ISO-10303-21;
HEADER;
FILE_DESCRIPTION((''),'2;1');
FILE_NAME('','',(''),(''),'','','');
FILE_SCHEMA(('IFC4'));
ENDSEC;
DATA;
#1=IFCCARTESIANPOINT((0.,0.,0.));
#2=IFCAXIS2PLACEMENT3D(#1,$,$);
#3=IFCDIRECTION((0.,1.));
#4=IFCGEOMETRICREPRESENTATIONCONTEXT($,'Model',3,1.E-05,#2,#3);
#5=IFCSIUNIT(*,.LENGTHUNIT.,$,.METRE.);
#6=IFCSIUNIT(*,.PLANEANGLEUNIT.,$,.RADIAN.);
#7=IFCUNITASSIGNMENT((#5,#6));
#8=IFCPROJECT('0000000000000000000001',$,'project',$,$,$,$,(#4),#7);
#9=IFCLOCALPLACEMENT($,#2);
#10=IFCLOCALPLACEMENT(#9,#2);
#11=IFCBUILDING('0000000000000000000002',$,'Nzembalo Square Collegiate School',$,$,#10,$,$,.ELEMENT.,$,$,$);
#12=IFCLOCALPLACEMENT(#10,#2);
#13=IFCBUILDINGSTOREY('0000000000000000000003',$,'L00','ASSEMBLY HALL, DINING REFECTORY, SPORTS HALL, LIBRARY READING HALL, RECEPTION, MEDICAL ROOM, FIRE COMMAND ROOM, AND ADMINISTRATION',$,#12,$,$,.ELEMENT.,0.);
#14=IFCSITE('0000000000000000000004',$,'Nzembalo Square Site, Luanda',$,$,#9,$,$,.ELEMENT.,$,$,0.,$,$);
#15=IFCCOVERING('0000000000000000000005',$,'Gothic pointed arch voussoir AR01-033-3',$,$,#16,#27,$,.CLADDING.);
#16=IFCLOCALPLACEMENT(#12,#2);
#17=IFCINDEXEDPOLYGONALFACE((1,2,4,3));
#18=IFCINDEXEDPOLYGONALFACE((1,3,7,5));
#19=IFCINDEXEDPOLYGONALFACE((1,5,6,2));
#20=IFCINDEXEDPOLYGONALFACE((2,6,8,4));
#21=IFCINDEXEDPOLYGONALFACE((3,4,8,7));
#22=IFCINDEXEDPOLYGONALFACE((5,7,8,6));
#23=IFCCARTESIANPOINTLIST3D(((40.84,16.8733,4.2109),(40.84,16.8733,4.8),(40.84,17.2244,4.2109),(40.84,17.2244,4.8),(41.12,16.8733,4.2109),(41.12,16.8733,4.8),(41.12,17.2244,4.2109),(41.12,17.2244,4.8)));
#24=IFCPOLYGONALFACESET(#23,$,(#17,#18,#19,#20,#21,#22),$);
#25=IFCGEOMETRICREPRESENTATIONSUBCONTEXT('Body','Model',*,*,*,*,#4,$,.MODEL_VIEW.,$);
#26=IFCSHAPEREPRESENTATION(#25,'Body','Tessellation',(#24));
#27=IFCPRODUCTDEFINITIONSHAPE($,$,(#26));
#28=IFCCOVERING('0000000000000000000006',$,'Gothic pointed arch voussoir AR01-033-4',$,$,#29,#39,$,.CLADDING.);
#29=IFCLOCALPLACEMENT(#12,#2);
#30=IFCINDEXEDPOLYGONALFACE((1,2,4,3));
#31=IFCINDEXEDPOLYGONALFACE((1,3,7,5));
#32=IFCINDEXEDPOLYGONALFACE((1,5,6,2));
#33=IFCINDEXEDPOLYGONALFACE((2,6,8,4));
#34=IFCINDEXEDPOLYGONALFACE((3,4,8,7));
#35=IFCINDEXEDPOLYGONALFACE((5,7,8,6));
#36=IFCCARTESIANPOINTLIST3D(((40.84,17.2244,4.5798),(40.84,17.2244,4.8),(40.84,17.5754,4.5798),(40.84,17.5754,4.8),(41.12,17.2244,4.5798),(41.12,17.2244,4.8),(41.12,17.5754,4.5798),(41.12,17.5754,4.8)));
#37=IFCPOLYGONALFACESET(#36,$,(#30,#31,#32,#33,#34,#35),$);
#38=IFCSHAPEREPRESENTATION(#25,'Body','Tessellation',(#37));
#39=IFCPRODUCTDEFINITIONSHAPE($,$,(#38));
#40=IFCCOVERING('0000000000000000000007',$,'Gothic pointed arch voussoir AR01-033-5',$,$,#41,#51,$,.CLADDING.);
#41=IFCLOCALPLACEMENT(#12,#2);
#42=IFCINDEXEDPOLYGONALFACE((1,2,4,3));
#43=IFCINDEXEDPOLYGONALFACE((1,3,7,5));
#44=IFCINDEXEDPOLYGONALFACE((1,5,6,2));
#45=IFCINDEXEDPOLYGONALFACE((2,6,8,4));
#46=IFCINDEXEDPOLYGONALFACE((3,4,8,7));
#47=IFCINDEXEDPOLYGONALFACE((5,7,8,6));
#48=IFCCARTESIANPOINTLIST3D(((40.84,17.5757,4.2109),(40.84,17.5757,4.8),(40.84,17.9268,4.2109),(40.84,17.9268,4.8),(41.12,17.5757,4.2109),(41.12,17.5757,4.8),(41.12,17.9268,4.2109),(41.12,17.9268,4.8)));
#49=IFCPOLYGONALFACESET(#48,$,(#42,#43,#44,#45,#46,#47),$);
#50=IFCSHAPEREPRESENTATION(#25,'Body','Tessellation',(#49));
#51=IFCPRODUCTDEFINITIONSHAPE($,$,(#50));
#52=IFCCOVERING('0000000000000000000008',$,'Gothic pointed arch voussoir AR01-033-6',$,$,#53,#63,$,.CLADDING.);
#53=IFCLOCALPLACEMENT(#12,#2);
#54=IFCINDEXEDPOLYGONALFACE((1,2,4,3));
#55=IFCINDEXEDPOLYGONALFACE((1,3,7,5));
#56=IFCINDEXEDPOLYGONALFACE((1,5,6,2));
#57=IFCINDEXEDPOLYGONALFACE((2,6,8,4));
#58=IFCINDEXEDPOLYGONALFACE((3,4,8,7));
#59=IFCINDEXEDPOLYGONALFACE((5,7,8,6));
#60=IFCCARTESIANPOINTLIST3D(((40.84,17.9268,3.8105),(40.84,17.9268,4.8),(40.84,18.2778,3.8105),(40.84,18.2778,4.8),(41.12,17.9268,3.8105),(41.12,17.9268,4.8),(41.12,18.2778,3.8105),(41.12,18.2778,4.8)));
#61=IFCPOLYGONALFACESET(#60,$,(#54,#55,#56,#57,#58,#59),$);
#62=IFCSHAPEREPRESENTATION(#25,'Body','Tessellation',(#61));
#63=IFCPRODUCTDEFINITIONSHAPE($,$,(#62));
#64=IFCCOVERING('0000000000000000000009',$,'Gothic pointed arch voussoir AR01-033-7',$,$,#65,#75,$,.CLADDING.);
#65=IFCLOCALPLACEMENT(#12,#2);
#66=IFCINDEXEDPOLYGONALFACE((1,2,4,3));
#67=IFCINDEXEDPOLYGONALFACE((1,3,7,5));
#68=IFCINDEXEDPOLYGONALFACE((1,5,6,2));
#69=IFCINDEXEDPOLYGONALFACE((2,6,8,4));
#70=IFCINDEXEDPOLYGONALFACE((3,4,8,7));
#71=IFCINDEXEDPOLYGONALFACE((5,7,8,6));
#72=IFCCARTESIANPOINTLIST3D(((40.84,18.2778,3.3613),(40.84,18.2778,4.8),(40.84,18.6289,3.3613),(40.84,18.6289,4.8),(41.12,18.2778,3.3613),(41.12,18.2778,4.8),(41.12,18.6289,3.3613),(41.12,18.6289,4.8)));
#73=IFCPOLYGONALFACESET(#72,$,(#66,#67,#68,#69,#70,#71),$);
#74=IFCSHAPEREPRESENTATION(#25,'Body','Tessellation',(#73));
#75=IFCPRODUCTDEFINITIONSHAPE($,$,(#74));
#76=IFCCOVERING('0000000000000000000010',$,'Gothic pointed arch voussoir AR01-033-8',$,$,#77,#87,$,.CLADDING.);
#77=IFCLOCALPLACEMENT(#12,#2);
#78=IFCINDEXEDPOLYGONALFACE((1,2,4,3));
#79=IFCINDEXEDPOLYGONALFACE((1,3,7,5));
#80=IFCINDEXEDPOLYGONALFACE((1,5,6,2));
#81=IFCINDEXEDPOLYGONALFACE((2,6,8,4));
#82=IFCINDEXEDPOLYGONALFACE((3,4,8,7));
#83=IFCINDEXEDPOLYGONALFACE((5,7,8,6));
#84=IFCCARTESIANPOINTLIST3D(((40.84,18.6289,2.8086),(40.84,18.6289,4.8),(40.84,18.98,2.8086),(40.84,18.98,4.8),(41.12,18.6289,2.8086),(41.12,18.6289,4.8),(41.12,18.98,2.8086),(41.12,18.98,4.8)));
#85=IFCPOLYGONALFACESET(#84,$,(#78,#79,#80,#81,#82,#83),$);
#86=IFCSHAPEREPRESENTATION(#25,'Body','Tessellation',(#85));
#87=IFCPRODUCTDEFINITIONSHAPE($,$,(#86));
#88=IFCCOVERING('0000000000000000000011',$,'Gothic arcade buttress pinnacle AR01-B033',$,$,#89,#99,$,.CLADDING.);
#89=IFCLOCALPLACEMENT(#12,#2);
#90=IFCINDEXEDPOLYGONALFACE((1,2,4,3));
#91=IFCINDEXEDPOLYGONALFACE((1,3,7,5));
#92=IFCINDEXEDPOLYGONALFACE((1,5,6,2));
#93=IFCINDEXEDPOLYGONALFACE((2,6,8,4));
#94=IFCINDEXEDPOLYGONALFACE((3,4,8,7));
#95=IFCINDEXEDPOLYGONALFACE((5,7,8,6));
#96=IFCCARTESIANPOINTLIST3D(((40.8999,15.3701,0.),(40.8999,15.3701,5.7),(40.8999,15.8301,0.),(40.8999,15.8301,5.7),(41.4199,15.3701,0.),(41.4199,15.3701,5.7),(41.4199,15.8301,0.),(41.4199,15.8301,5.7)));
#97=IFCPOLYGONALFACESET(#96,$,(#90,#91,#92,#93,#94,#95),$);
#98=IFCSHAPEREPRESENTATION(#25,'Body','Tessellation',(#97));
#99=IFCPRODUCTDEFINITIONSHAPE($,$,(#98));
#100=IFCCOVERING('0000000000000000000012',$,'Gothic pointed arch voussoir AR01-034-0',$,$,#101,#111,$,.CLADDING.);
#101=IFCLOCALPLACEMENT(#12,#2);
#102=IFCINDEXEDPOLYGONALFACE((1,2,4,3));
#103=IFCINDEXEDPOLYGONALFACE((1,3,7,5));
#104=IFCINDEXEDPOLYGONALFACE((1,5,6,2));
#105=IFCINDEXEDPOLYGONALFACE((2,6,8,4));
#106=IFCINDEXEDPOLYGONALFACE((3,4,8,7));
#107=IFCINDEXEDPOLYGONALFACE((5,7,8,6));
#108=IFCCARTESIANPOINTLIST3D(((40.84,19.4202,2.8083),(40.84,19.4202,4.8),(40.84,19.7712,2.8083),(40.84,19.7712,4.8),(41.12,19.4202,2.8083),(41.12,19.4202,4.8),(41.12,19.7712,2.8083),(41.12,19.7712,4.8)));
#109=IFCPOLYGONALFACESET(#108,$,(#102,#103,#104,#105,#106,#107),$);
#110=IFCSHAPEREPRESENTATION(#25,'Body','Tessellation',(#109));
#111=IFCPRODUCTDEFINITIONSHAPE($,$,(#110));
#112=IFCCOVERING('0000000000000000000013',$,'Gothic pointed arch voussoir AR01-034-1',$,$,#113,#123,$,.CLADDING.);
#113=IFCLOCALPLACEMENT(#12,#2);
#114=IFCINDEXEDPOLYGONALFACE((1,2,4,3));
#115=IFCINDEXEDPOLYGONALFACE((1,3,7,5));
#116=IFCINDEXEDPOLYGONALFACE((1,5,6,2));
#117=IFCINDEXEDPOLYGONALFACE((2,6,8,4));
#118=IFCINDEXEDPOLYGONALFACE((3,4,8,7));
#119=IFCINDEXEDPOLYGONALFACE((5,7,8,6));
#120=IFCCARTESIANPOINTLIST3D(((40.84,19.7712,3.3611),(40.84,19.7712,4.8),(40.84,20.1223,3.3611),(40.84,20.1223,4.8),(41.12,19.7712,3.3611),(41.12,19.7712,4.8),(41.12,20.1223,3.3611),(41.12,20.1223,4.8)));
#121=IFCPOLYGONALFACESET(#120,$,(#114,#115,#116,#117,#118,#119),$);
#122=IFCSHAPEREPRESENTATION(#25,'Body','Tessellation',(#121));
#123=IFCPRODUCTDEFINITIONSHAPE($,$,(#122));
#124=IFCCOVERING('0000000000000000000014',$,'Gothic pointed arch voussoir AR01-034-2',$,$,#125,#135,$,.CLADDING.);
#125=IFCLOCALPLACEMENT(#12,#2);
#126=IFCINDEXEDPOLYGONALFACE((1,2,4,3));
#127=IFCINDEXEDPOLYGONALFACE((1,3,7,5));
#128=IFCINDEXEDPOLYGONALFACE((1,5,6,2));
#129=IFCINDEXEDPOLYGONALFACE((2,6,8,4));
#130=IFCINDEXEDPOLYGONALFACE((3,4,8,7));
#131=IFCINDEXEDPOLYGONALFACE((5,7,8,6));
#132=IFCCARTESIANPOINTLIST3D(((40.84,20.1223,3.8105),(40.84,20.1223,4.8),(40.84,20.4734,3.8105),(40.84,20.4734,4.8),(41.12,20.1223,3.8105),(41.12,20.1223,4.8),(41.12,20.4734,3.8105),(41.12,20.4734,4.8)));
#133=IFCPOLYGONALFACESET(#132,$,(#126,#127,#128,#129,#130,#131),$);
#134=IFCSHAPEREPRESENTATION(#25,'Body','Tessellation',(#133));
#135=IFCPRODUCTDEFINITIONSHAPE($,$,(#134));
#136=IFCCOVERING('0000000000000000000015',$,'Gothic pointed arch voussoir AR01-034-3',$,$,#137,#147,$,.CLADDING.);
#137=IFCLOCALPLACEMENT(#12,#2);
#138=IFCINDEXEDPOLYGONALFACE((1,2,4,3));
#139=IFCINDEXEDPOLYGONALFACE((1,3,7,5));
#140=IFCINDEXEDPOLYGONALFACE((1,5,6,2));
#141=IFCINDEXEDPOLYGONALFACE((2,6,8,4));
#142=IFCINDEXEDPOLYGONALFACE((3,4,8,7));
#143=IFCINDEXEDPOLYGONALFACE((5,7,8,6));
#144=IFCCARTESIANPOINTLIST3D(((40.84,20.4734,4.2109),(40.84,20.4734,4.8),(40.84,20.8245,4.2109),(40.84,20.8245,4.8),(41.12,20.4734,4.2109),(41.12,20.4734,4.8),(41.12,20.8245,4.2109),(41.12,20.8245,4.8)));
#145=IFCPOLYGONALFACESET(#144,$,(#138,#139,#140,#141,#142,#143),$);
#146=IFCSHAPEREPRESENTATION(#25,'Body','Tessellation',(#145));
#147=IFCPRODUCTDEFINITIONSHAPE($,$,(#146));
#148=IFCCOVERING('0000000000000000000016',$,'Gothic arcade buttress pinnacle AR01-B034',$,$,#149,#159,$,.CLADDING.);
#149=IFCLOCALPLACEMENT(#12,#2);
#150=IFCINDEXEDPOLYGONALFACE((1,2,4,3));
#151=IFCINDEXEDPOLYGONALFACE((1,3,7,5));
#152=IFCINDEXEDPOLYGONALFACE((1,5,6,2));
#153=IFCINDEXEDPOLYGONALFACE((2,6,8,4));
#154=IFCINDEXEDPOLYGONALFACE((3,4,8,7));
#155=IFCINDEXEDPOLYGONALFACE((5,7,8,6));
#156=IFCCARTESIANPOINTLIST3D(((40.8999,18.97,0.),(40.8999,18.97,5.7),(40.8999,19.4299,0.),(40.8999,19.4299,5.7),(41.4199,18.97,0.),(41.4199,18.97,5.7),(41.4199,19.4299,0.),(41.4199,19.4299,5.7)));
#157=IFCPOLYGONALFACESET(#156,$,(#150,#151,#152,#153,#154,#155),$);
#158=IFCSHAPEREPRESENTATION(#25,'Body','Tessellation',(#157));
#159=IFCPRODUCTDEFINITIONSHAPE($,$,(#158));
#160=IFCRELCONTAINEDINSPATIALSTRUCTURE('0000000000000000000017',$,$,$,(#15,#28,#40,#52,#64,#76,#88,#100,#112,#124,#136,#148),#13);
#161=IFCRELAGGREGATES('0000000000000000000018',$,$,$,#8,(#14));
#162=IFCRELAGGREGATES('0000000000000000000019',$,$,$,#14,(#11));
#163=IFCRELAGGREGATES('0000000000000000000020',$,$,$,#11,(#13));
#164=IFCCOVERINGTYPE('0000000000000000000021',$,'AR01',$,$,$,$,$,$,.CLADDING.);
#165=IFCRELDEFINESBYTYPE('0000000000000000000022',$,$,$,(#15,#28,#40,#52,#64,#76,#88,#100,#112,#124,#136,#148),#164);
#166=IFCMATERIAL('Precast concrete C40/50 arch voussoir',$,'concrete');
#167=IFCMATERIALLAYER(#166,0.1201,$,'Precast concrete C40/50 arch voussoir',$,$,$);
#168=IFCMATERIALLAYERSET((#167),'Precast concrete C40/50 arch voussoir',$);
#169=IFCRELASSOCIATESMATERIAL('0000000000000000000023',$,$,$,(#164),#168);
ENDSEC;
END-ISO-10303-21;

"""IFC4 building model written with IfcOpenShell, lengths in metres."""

from ifc_helpers import new_model, si_unit, direction, frame, origin, origin_2d, place, context, subcontext, project, spatial, rectangle, extrude, material, layer, layer_set, type_object, element, save


model = new_model("IFC4")

# Units and contexts
model_context = context("Model", 3, precision=1e-05, world=origin(), true_north=direction((0.0, 1.0)))
body_context = subcontext(model_context, "Body", "Model", "MODEL_VIEW")
ifc_project = project(units=[si_unit("LENGTHUNIT", "METRE"), si_unit("PLANEANGLEUNIT", "RADIAN")], contexts=[model_context])

# Site, building, storey
site_placement = place(None, origin())
site = spatial("IfcSite", under=ifc_project, at=site_placement, Name="Nzembalo Square Site, Luanda", CompositionType="ELEMENT", RefElevation=0.0)
building_placement = place(site_placement, origin())
building = spatial("IfcBuilding", under=site, at=building_placement, Name="Nzembalo Square Collegiate School", CompositionType="ELEMENT")
storey_placement = place(building_placement, origin())
storey = spatial("IfcBuildingStorey", under=building, at=storey_placement, Name="L00", Description="ASSEMBLY HALL, DINING REFECTORY, SPORTS HALL, LIBRARY READING HALL, RECEPTION, MEDICAL ROOM, FIRE COMMAND ROOM, AND ADMINISTRATION", CompositionType="ELEMENT", Elevation=0.0)

# Coverings
ifc_material_1 = material(Name="Precast concrete C40/50 arch voussoir", Category="concrete")
ifc_layer_1 = layer(ifc_material_1, 0.1201, Name="Precast concrete C40/50 arch voussoir")
ifc_layer_set_1 = layer_set([ifc_layer_1], Name="Precast concrete C40/50 arch voussoir")
covering_type = type_object("IfcCoveringType", Name="AR01", PredefinedType="CLADDING", material=ifc_layer_set_1)
covering_1_placement = place(storey_placement, frame((40.98, 17.0488, 4.2109), z_axis=(0.0, 0.0, 1.0), x_axis=(1.0, 0.0, 0.0)))
element("IfcCovering", 1, at=covering_1_placement, inside=storey, type_object=covering_type, Name="Gothic pointed arch voussoir AR01-033-3", PredefinedType="CLADDING", context=body_context, shape_type="SweptSolid", body=[
    extrude(rectangle(XDim=0.28, YDim=0.3511, at=origin_2d()), origin(), (0.0, 0.0, 1.0), 0.5891),
])
covering_2_placement = place(storey_placement, frame((40.98, 17.3999, 4.5798), z_axis=(0.0, 0.0, 1.0), x_axis=(1.0, 0.0, 0.0)))
element("IfcCovering", 2, at=covering_2_placement, inside=storey, type_object=covering_type, Name="Gothic pointed arch voussoir AR01-033-4", PredefinedType="CLADDING", context=body_context, shape_type="SweptSolid", body=[
    extrude(rectangle(XDim=0.28, YDim=0.3511, at=origin_2d()), origin(), (0.0, 0.0, 1.0), 0.2202),
])
covering_3_placement = place(storey_placement, frame((40.98, 17.7512, 4.2109), z_axis=(0.0, 0.0, 1.0), x_axis=(1.0, 0.0, 0.0)))
element("IfcCovering", 3, at=covering_3_placement, inside=storey, type_object=covering_type, Name="Gothic pointed arch voussoir AR01-033-5", PredefinedType="CLADDING", context=body_context, shape_type="SweptSolid", body=[
    extrude(rectangle(XDim=0.28, YDim=0.3511, at=origin_2d()), origin(), (0.0, 0.0, 1.0), 0.5891),
])
covering_4_placement = place(storey_placement, frame((40.98, 18.1023, 3.8105), z_axis=(0.0, 0.0, 1.0), x_axis=(1.0, 0.0, 0.0)))
element("IfcCovering", 4, at=covering_4_placement, inside=storey, type_object=covering_type, Name="Gothic pointed arch voussoir AR01-033-6", PredefinedType="CLADDING", context=body_context, shape_type="SweptSolid", body=[
    extrude(rectangle(XDim=0.28, YDim=0.3511, at=origin_2d()), origin(), (0.0, 0.0, 1.0), 0.9895),
])
covering_5_placement = place(storey_placement, frame((40.98, 18.4534, 3.3613), z_axis=(0.0, 0.0, 1.0), x_axis=(1.0, 0.0, 0.0)))
element("IfcCovering", 5, at=covering_5_placement, inside=storey, type_object=covering_type, Name="Gothic pointed arch voussoir AR01-033-7", PredefinedType="CLADDING", context=body_context, shape_type="SweptSolid", body=[
    extrude(rectangle(XDim=0.28, YDim=0.3511, at=origin_2d()), origin(), (0.0, 0.0, 1.0), 1.4387),
])
covering_6_placement = place(storey_placement, frame((40.98, 18.8044, 2.8086), z_axis=(0.0, 0.0, 1.0), x_axis=(1.0, 0.0, 0.0)))
element("IfcCovering", 6, at=covering_6_placement, inside=storey, type_object=covering_type, Name="Gothic pointed arch voussoir AR01-033-8", PredefinedType="CLADDING", context=body_context, shape_type="SweptSolid", body=[
    extrude(rectangle(XDim=0.28, YDim=0.3511, at=origin_2d()), origin(), (0.0, 0.0, 1.0), 1.9915),
])
covering_7_placement = place(storey_placement, frame((41.1599, 15.6001, 0.0), z_axis=(0.0, 0.0, 1.0), x_axis=(1.0, 0.0, 0.0)))
element("IfcCovering", 7, at=covering_7_placement, inside=storey, type_object=covering_type, Name="Gothic arcade buttress pinnacle AR01-B033", PredefinedType="CLADDING", context=body_context, shape_type="SweptSolid", body=[
    extrude(rectangle(XDim=0.52, YDim=0.46, at=origin_2d()), origin(), (0.0, 0.0, 1.0), 5.7),
])
covering_8_placement = place(storey_placement, frame((40.98, 19.5957, 2.8083), z_axis=(0.0, 0.0, 1.0), x_axis=(1.0, 0.0, 0.0)))
element("IfcCovering", 8, at=covering_8_placement, inside=storey, type_object=covering_type, Name="Gothic pointed arch voussoir AR01-034-0", PredefinedType="CLADDING", context=body_context, shape_type="SweptSolid", body=[
    extrude(rectangle(XDim=0.28, YDim=0.3511, at=origin_2d()), origin(), (0.0, 0.0, 1.0), 1.9917),
])
covering_9_placement = place(storey_placement, frame((40.98, 19.9468, 3.3611), z_axis=(0.0, 0.0, 1.0), x_axis=(1.0, 0.0, 0.0)))
element("IfcCovering", 9, at=covering_9_placement, inside=storey, type_object=covering_type, Name="Gothic pointed arch voussoir AR01-034-1", PredefinedType="CLADDING", context=body_context, shape_type="SweptSolid", body=[
    extrude(rectangle(XDim=0.28, YDim=0.3511, at=origin_2d()), origin(), (0.0, 0.0, 1.0), 1.439),
])
covering_10_placement = place(storey_placement, frame((40.98, 20.2979, 3.8105), z_axis=(0.0, 0.0, 1.0), x_axis=(1.0, 0.0, 0.0)))
element("IfcCovering", 10, at=covering_10_placement, inside=storey, type_object=covering_type, Name="Gothic pointed arch voussoir AR01-034-2", PredefinedType="CLADDING", context=body_context, shape_type="SweptSolid", body=[
    extrude(rectangle(XDim=0.28, YDim=0.3511, at=origin_2d()), origin(), (0.0, 0.0, 1.0), 0.9895),
])
covering_11_placement = place(storey_placement, frame((40.98, 20.6489, 4.2109), z_axis=(0.0, 0.0, 1.0), x_axis=(1.0, 0.0, 0.0)))
element("IfcCovering", 11, at=covering_11_placement, inside=storey, type_object=covering_type, Name="Gothic pointed arch voussoir AR01-034-3", PredefinedType="CLADDING", context=body_context, shape_type="SweptSolid", body=[
    extrude(rectangle(XDim=0.28, YDim=0.3511, at=origin_2d()), origin(), (0.0, 0.0, 1.0), 0.5891),
])
covering_12_placement = place(storey_placement, frame((41.1599, 19.2, 0.0), z_axis=(0.0, 0.0, 1.0), x_axis=(1.0, 0.0, 0.0)))
element("IfcCovering", 12, at=covering_12_placement, inside=storey, type_object=covering_type, Name="Gothic arcade buttress pinnacle AR01-B034", PredefinedType="CLADDING", context=body_context, shape_type="SweptSolid", body=[
    extrude(rectangle(XDim=0.52, YDim=0.46, at=origin_2d()), origin(), (0.0, 0.0, 1.0), 5.7),
])

save(model, "model.ifc")
